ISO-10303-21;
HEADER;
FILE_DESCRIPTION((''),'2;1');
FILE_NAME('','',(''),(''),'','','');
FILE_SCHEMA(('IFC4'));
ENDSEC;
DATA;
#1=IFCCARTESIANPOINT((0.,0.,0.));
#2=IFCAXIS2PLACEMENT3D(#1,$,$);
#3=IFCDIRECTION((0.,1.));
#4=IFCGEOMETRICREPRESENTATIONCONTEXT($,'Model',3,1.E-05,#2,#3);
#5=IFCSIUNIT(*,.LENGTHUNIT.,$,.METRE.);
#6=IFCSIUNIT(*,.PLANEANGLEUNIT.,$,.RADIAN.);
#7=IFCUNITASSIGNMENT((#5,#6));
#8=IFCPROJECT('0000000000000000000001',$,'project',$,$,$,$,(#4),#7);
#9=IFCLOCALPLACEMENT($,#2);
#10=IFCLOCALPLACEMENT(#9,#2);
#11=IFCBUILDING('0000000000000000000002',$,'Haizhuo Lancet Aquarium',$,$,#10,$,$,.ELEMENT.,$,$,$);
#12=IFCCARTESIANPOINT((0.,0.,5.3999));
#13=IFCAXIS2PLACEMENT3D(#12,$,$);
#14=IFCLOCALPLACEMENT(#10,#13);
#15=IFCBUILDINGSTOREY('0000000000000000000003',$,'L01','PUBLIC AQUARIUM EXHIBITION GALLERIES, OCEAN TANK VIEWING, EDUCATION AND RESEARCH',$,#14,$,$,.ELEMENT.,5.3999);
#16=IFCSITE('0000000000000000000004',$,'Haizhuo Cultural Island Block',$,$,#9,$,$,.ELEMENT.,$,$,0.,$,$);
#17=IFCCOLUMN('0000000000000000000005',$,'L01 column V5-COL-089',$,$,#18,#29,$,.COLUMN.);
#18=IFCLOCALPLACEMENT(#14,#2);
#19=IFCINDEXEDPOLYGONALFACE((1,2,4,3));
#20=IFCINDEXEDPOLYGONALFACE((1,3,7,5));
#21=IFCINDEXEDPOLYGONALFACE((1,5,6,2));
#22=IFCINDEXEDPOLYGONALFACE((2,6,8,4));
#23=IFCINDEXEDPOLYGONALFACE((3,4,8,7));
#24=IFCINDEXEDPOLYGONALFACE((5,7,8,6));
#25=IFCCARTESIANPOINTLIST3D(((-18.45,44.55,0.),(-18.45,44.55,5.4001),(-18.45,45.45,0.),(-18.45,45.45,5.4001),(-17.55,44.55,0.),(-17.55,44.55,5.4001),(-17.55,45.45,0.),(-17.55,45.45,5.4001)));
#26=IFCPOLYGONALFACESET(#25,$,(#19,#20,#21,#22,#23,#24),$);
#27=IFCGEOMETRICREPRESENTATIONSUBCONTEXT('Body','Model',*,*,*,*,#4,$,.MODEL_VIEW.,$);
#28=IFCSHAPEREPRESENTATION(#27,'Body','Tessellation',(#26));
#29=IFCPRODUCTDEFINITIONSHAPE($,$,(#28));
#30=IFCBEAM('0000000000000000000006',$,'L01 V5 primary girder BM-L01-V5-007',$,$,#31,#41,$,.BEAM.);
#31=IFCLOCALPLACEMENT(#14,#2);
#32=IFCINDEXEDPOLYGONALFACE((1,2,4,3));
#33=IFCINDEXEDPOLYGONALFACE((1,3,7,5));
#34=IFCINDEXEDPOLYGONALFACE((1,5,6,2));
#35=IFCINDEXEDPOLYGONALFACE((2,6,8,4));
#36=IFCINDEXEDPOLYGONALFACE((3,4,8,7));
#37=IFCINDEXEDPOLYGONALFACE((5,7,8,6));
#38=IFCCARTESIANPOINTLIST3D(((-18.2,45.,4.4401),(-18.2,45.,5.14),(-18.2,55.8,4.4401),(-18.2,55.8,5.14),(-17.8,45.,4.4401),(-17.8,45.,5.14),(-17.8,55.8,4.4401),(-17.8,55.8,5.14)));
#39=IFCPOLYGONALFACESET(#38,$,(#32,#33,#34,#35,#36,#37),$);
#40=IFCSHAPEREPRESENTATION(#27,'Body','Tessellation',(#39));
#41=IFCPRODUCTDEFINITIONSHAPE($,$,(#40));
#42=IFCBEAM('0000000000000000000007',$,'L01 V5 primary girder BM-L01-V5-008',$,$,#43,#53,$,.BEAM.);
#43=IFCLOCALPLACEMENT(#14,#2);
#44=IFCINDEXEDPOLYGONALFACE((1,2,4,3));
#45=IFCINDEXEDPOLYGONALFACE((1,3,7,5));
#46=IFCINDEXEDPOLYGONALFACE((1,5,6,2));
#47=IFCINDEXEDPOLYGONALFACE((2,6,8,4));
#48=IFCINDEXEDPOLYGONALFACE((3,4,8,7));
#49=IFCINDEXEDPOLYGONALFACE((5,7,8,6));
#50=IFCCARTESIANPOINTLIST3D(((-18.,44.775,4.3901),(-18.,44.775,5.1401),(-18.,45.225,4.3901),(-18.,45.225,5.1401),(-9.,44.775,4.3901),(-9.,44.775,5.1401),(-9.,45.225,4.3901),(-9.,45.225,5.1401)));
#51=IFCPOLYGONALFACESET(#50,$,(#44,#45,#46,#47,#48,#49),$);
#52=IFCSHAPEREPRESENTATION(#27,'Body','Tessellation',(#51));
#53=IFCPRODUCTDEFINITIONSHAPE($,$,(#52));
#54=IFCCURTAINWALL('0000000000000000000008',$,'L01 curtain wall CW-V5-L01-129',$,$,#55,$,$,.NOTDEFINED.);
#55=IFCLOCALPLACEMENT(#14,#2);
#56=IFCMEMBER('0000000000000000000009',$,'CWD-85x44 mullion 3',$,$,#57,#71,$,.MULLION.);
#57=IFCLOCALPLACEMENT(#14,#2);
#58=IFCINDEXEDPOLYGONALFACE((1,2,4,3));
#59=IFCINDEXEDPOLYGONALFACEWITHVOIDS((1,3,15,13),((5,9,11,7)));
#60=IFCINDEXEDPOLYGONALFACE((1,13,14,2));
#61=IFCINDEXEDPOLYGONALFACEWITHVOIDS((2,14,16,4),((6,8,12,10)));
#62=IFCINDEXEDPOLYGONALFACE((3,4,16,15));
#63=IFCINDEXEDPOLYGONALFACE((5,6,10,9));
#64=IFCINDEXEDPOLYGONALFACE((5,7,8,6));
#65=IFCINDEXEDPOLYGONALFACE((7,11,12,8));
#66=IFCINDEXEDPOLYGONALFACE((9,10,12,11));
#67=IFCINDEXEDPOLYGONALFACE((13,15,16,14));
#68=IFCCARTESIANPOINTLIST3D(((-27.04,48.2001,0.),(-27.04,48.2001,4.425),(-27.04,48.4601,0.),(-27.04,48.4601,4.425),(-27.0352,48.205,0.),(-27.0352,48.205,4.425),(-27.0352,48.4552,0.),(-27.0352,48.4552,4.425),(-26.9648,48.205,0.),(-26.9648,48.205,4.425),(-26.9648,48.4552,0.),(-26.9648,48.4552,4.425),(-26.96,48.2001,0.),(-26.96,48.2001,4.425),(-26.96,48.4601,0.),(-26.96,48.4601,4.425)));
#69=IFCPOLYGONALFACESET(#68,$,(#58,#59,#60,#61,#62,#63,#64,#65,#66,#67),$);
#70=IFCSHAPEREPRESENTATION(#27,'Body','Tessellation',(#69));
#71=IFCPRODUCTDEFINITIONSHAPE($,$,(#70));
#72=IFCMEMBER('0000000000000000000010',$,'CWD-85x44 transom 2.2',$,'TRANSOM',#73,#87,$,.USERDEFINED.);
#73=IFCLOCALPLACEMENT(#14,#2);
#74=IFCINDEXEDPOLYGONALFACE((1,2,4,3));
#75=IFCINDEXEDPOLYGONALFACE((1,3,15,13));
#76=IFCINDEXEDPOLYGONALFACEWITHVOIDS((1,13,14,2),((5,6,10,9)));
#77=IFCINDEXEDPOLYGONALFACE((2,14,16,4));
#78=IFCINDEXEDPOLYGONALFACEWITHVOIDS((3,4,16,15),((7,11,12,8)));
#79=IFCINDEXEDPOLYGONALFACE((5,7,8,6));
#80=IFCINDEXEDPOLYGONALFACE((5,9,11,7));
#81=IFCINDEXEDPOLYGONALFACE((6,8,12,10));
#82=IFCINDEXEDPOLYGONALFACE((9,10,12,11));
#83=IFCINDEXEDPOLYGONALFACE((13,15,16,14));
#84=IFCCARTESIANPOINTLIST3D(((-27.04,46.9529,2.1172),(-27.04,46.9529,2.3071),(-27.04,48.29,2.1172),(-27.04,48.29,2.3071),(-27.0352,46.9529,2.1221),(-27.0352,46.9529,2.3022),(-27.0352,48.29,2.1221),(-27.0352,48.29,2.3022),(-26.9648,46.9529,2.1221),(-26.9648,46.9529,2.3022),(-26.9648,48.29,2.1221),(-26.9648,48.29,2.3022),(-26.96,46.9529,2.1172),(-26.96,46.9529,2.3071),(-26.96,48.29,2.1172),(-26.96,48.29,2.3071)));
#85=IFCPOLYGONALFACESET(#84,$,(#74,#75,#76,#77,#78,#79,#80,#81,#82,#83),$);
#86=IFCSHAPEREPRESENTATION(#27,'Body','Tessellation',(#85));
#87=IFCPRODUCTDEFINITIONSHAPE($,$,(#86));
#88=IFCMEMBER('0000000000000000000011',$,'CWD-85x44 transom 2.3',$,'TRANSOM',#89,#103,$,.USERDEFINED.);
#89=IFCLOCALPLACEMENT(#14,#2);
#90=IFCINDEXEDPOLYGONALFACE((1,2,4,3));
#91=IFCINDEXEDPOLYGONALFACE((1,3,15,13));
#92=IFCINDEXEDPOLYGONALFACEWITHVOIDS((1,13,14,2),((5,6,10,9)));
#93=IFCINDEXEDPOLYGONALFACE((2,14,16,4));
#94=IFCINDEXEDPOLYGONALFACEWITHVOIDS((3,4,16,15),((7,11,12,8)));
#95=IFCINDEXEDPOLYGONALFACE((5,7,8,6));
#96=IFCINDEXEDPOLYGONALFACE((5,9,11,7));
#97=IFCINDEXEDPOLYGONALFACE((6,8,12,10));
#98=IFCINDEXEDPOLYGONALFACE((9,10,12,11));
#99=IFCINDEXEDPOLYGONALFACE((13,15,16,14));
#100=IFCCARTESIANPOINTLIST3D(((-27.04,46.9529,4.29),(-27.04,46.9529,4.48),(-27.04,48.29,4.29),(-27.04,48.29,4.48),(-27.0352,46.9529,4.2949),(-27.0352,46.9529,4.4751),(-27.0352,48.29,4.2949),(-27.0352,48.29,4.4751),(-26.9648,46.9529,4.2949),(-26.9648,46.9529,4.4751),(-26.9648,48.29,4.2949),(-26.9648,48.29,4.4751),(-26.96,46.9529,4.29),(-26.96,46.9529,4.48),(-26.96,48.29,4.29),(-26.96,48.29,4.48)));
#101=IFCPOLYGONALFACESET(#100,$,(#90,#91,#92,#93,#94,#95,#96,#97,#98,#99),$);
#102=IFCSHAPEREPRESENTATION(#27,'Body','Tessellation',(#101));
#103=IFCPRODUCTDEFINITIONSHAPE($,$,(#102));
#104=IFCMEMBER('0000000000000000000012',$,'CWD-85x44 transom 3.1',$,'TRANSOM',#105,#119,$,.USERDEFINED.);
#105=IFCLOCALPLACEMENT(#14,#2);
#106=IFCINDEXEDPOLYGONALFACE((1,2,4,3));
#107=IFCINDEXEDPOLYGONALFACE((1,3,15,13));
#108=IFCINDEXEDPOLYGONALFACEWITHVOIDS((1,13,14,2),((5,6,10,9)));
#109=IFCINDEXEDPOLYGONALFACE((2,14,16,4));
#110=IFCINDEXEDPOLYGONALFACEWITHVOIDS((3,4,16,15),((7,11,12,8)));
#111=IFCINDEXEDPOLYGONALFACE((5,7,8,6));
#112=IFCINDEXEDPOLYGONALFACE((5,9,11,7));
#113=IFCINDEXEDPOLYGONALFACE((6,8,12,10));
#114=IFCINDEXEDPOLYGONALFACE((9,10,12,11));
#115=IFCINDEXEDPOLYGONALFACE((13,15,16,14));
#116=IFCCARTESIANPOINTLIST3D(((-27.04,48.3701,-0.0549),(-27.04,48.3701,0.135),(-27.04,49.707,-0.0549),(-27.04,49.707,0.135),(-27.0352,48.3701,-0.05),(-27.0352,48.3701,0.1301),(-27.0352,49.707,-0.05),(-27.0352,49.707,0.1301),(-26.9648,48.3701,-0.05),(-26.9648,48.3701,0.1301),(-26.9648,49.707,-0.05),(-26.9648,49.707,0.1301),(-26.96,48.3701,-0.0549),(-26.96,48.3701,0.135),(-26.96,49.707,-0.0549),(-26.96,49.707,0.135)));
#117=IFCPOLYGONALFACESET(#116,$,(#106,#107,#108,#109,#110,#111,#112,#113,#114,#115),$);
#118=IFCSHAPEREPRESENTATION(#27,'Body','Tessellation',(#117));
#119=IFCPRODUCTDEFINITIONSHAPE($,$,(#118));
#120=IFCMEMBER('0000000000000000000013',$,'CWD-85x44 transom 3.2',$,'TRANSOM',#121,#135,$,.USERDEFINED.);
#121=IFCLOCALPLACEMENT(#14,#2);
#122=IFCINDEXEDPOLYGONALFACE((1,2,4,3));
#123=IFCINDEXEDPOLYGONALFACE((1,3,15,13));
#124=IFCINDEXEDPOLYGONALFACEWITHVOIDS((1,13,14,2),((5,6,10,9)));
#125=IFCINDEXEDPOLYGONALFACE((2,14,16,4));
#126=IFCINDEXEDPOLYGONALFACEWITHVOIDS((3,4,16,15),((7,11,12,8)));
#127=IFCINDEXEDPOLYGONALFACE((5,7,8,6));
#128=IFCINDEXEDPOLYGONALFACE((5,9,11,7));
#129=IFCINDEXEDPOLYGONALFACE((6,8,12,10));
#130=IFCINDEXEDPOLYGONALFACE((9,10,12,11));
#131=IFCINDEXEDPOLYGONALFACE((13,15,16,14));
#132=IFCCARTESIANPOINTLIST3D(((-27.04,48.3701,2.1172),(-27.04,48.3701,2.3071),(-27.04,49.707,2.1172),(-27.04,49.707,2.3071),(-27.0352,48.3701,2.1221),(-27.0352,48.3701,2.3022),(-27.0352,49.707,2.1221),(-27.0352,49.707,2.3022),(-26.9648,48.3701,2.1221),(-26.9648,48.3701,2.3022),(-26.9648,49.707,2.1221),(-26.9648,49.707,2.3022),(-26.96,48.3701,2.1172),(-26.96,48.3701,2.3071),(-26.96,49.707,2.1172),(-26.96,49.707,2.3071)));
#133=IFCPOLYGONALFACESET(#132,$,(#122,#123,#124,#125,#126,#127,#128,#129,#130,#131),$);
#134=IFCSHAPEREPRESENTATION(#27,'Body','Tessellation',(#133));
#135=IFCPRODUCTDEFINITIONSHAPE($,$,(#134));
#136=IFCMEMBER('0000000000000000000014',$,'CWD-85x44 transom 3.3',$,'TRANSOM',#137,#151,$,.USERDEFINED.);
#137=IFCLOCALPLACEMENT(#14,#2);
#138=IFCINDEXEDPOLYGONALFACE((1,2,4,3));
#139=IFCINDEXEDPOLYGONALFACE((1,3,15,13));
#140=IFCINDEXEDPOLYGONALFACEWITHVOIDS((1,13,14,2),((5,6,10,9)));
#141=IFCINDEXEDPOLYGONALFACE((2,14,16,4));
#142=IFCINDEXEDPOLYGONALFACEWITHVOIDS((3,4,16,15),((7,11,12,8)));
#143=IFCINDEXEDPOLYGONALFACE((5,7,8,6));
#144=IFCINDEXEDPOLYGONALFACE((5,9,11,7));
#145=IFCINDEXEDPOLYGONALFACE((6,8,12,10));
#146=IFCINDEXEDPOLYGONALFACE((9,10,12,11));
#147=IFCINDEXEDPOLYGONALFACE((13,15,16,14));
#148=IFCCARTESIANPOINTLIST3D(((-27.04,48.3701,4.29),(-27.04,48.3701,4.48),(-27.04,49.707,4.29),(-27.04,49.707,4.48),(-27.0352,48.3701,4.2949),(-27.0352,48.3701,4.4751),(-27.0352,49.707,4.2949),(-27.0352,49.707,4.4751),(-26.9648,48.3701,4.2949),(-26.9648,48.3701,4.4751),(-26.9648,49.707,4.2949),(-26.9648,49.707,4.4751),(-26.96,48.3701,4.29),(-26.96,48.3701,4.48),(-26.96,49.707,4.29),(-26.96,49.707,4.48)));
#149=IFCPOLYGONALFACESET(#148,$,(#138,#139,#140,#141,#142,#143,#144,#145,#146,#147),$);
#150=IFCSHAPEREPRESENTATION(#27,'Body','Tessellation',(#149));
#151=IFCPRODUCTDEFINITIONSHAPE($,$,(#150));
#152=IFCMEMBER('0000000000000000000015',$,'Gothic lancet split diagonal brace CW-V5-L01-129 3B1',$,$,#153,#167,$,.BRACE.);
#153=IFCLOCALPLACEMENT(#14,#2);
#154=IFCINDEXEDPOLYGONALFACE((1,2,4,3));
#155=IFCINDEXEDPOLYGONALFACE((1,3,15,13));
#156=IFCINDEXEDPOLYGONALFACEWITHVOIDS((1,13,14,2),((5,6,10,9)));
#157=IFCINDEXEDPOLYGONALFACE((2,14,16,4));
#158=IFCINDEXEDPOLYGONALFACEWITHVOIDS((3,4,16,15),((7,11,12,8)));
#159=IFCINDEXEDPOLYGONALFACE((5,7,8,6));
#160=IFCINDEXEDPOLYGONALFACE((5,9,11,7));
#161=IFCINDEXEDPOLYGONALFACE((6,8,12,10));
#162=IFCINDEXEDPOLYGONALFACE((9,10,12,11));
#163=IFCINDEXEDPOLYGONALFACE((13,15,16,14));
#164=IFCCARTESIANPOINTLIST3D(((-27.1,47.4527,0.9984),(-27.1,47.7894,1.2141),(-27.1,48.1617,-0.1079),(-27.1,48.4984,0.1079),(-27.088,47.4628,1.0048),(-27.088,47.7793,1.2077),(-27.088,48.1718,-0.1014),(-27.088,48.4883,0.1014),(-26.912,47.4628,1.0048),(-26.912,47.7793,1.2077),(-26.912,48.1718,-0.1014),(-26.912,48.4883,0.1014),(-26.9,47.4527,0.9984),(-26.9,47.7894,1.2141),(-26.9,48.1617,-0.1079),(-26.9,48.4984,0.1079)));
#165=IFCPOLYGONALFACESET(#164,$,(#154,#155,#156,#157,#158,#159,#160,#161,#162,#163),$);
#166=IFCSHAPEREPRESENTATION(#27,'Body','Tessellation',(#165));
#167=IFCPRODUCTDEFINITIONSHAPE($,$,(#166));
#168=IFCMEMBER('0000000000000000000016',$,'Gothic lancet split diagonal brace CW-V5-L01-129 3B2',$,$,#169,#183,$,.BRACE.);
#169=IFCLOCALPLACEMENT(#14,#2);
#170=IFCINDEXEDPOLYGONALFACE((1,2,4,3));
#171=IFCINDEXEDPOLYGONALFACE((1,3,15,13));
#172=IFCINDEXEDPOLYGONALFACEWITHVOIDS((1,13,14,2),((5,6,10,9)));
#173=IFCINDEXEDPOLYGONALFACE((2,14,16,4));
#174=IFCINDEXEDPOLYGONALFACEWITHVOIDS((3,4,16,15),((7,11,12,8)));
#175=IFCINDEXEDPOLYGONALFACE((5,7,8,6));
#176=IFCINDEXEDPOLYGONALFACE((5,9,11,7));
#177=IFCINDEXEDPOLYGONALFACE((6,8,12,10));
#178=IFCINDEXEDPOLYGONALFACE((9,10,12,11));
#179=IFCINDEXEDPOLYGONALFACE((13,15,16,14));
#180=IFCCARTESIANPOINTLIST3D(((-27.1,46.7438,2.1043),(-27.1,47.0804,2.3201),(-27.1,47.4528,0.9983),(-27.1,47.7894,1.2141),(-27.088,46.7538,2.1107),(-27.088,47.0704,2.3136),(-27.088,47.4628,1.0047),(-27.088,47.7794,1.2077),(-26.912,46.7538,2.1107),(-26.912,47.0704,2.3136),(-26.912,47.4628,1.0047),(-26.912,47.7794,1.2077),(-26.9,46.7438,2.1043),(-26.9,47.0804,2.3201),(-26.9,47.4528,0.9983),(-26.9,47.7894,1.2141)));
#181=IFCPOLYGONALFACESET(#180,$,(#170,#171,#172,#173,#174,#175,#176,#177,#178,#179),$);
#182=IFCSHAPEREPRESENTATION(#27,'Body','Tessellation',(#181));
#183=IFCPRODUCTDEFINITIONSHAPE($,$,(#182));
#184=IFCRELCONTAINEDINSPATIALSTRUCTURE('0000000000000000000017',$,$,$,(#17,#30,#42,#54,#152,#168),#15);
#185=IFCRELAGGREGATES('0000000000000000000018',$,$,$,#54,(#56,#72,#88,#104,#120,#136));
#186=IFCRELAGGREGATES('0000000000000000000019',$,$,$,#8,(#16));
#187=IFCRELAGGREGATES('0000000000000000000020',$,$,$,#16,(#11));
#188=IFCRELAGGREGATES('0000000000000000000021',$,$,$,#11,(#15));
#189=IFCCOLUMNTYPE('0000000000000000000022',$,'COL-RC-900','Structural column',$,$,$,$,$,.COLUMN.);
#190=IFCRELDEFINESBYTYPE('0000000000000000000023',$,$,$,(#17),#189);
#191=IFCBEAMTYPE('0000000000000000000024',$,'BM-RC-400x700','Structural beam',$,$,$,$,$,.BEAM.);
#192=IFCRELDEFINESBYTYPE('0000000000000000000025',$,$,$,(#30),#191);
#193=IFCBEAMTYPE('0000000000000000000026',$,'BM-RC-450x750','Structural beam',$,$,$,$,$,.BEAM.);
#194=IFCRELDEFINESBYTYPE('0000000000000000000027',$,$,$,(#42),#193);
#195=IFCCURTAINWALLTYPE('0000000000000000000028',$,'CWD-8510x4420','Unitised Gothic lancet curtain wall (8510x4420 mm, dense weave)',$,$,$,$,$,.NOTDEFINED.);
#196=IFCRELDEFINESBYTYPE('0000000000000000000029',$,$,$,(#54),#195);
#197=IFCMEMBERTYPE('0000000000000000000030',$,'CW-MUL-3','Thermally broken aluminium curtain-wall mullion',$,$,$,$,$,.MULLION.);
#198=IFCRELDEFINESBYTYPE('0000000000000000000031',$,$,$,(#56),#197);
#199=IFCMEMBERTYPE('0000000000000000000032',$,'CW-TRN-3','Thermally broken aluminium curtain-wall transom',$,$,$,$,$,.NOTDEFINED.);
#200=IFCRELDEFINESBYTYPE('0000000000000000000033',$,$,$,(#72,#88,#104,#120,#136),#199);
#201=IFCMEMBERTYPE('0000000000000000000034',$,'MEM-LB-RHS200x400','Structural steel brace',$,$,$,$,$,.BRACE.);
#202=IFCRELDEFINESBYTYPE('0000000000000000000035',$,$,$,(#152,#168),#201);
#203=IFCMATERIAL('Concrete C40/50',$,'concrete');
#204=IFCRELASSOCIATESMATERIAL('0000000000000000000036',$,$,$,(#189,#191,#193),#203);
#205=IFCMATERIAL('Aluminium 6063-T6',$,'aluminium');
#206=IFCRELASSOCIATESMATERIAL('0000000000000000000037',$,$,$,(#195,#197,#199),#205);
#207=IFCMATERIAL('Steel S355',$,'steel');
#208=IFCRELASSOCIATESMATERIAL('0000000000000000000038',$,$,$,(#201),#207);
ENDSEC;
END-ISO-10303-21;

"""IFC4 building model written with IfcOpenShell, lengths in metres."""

from ifc_helpers import new_model, si_unit, direction, frame, origin, origin_2d, place, context, subcontext, project, spatial, rectangle, hollow_rectangle, extrude, material, material_profile, profile_set, type_object, element, aggregate, save


model = new_model("IFC4")

# Units and contexts
model_context = context("Model", 3, precision=1e-05, world=origin(), true_north=direction((0.0, 1.0)))
body_context = subcontext(model_context, "Body", "Model", "MODEL_VIEW")
ifc_project = project(units=[si_unit("LENGTHUNIT", "METRE"), si_unit("PLANEANGLEUNIT", "RADIAN")], contexts=[model_context])

# Site, building, storey
site_placement = place(None, origin())
site = spatial("IfcSite", under=ifc_project, at=site_placement, Name="Haizhuo Cultural Island Block", CompositionType="ELEMENT", RefElevation=0.0)
building_placement = place(site_placement, origin())
building = spatial("IfcBuilding", under=site, at=building_placement, Name="Haizhuo Lancet Aquarium", CompositionType="ELEMENT")
storey_placement = place(building_placement, frame((0.0, 0.0, 5.3999)))
storey = spatial("IfcBuildingStorey", under=building, at=storey_placement, Name="L01", Description="PUBLIC AQUARIUM EXHIBITION GALLERIES, OCEAN TANK VIEWING, EDUCATION AND RESEARCH", CompositionType="ELEMENT", Elevation=5.3999)

# Column
ifc_material_1 = material(Name="Concrete C40/50", Category="concrete")
ifc_material_profile_1 = material_profile(ifc_material_1, rectangle(XDim=0.8999, YDim=0.8999, at=origin_2d()), Name="RC-COL 900x900")
ifc_profile_set_1 = profile_set([ifc_material_profile_1], Name="Concrete C40/50")
column_type = type_object("IfcColumnType", Name="COL-RC-900", Description="Structural column", PredefinedType="COLUMN", material=ifc_profile_set_1)
column_placement = place(storey_placement, frame((-18.0, 45.0, 0.0), z_axis=(0.0, 0.0, 1.0), x_axis=(1.0, 0.0, 0.0)))
element("IfcColumn", 1, at=column_placement, inside=storey, type_object=column_type, Name="L01 column V5-COL-089", PredefinedType="COLUMN", context=body_context, shape_type="SweptSolid", body=[
    extrude(rectangle(XDim=0.8999, YDim=0.8999, at=origin_2d()), origin(), (0.0, 0.0, 1.0), 5.4001),
])

# Beams
ifc_material_profile_2 = material_profile(ifc_material_1, rectangle(XDim=0.3999, YDim=0.7, at=origin_2d()), Name="RC-BM 400x700")
ifc_profile_set_2 = profile_set([ifc_material_profile_2], Name="Concrete C40/50")
beam_type_1 = type_object("IfcBeamType", Name="BM-RC-400x700", Description="Structural beam", PredefinedType="BEAM", material=ifc_profile_set_2)
beam_1_placement = place(storey_placement, frame((-18.0, 45.0, 4.79), z_axis=(0.0, 1.0, 0.0), x_axis=(-1.0, 0.0, 0.0)))
element("IfcBeam", 2, at=beam_1_placement, inside=storey, type_object=beam_type_1, Name="L01 V5 primary girder BM-L01-V5-007", PredefinedType="BEAM", context=body_context, shape_type="SweptSolid", body=[
    extrude(rectangle(XDim=0.3999, YDim=0.7, at=origin_2d()), origin(), (0.0, 0.0, 1.0), 10.8),
])
ifc_material_profile_3 = material_profile(ifc_material_1, rectangle(XDim=0.45, YDim=0.75, at=origin_2d()), Name="RC-BM 450x750")
ifc_profile_set_3 = profile_set([ifc_material_profile_3], Name="Concrete C40/50")
beam_type_2 = type_object("IfcBeamType", Name="BM-RC-450x750", Description="Structural beam", PredefinedType="BEAM", material=ifc_profile_set_3)
beam_2_placement = place(storey_placement, frame((-18.0, 45.0, 4.7651), z_axis=(1.0, 0.0, 0.0), x_axis=(0.0, 1.0, 0.0)))
element("IfcBeam", 3, at=beam_2_placement, inside=storey, type_object=beam_type_2, Name="L01 V5 primary girder BM-L01-V5-008", PredefinedType="BEAM", context=body_context, shape_type="SweptSolid", body=[
    extrude(rectangle(XDim=0.45, YDim=0.75, at=origin_2d()), origin(), (0.0, 0.0, 1.0), 9.0),
])

# Curtain wall, members
ifc_material_2 = material(Name="Aluminium 6063-T6", Category="aluminium")
curtain_wall_type = type_object("IfcCurtainWallType", Name="CWD-8510x4420", Description="Unitised Gothic lancet curtain wall (8510x4420 mm, dense weave)", PredefinedType="NOTDEFINED", material=ifc_material_2)
curtain_wall_placement = place(storey_placement, origin())
curtain_wall = element("IfcCurtainWall", 4, at=curtain_wall_placement, inside=storey, type_object=curtain_wall_type, Name="L01 curtain wall CW-V5-L01-129", PredefinedType="NOTDEFINED")
ifc_material_profile_4 = material_profile(ifc_material_2, hollow_rectangle(XDim=0.0801, YDim=0.26, WallThickness=0.0049, at=origin_2d()), Name="ALU-M 80x260x5")
ifc_profile_set_4 = profile_set([ifc_material_profile_4], Name="Aluminium 6063-T6")
member_type_1 = type_object("IfcMemberType", Name="CW-MUL-3", Description="Thermally broken aluminium curtain-wall mullion", PredefinedType="MULLION", material=ifc_profile_set_4)
member_1_placement = place(storey_placement, frame((-27.0, 48.3301, 0.0), z_axis=(0.0, 0.0, 1.0), x_axis=(-1.0, 0.0, 0.0)))
member_1 = element("IfcMember", 5, at=member_1_placement, type_object=member_type_1, Name="CWD-85x44 mullion 3", PredefinedType="MULLION", context=body_context, shape_type="SweptSolid", body=[
    extrude(hollow_rectangle(XDim=0.0801, YDim=0.26, WallThickness=0.0049, at=origin_2d()), origin(), (0.0, 0.0, 1.0), 4.425),
])
ifc_material_profile_5 = material_profile(ifc_material_2, hollow_rectangle(XDim=0.0801, YDim=0.1899, WallThickness=0.0049, at=origin_2d()), Name="ALU-T 80x190x5")
ifc_profile_set_5 = profile_set([ifc_material_profile_5], Name="Aluminium 6063-T6")
member_type_2 = type_object("IfcMemberType", Name="CW-TRN-3", Description="Thermally broken aluminium curtain-wall transom", PredefinedType="NOTDEFINED", material=ifc_profile_set_5)
member_2_placement = place(storey_placement, frame((-27.0, 46.9529, 2.2122), z_axis=(0.0, 1.0, 0.0), x_axis=(-1.0, 0.0, 0.0)))
member_2 = element("IfcMember", 6, at=member_2_placement, type_object=member_type_2, Name="CWD-85x44 transom 2.2", ObjectType="TRANSOM", PredefinedType="USERDEFINED", context=body_context, shape_type="SweptSolid", body=[
    extrude(hollow_rectangle(XDim=0.0801, YDim=0.1899, WallThickness=0.0049, at=origin_2d()), origin(), (0.0, 0.0, 1.0), 1.3372),
])
member_3_placement = place(storey_placement, frame((-27.0, 46.9529, 4.385), z_axis=(0.0, 1.0, 0.0), x_axis=(-1.0, 0.0, 0.0)))
member_3 = element("IfcMember", 7, at=member_3_placement, type_object=member_type_2, Name="CWD-85x44 transom 2.3", ObjectType="TRANSOM", PredefinedType="USERDEFINED", context=body_context, shape_type="SweptSolid", body=[
    extrude(hollow_rectangle(XDim=0.0801, YDim=0.1899, WallThickness=0.0049, at=origin_2d()), origin(), (0.0, 0.0, 1.0), 1.3372),
])
member_4_placement = place(storey_placement, frame((-27.0, 48.3701, 0.04), z_axis=(0.0, 1.0, 0.0), x_axis=(-1.0, 0.0, 0.0)))
member_4 = element("IfcMember", 8, at=member_4_placement, type_object=member_type_2, Name="CWD-85x44 transom 3.1", ObjectType="TRANSOM", PredefinedType="USERDEFINED", context=body_context, shape_type="SweptSolid", body=[
    extrude(hollow_rectangle(XDim=0.0801, YDim=0.1899, WallThickness=0.0049, at=origin_2d()), origin(), (0.0, 0.0, 1.0), 1.3369),
])
member_5_placement = place(storey_placement, frame((-27.0, 48.3701, 2.2122), z_axis=(0.0, 1.0, 0.0), x_axis=(-1.0, 0.0, 0.0)))
member_5 = element("IfcMember", 9, at=member_5_placement, type_object=member_type_2, Name="CWD-85x44 transom 3.2", ObjectType="TRANSOM", PredefinedType="USERDEFINED", context=body_context, shape_type="SweptSolid", body=[
    extrude(hollow_rectangle(XDim=0.0801, YDim=0.1899, WallThickness=0.0049, at=origin_2d()), origin(), (0.0, 0.0, 1.0), 1.3369),
])
member_6_placement = place(storey_placement, frame((-27.0, 48.3701, 4.385), z_axis=(0.0, 1.0, 0.0), x_axis=(-1.0, 0.0, 0.0)))
member_6 = element("IfcMember", 10, at=member_6_placement, type_object=member_type_2, Name="CWD-85x44 transom 3.3", ObjectType="TRANSOM", PredefinedType="USERDEFINED", context=body_context, shape_type="SweptSolid", body=[
    extrude(hollow_rectangle(XDim=0.0801, YDim=0.1899, WallThickness=0.0049, at=origin_2d()), origin(), (0.0, 0.0, 1.0), 1.3369),
])

# Members
ifc_material_3 = material(Name="Steel S355", Category="steel")
ifc_material_profile_6 = material_profile(ifc_material_3, hollow_rectangle(XDim=0.2, YDim=0.3999, WallThickness=0.012, at=origin_2d()), Name="RHS 200x400x12")
ifc_profile_set_6 = profile_set([ifc_material_profile_6], Name="Steel S355")
member_type_3 = type_object("IfcMemberType", Name="MEM-LB-RHS200x400", Description="Structural steel brace", PredefinedType="BRACE", material=ifc_profile_set_6)
member_7_placement = place(storey_placement, frame((-27.0, 48.3301, 0.0), z_axis=(0.0, -0.539602, 0.84192), x_axis=(1.0, 0.0, 0.0)))
element("IfcMember", 11, at=member_7_placement, inside=storey, type_object=member_type_3, Name="Gothic lancet split diagonal brace CW-V5-L01-129 3B1", PredefinedType="BRACE", context=body_context, shape_type="SweptSolid", body=[
    extrude(hollow_rectangle(XDim=0.2, YDim=0.3999, WallThickness=0.012, at=origin_2d()), origin(), (0.0, 0.0, 1.0), 1.314),
])
for number, where, z_axis, x_axis, name in (
    (12, (-27.0, 47.6211, 1.1062), (0.0, -0.539686, 0.841866), (1.0, 0.0, 0.0), "Gothic lancet split diagonal brace CW-V5-L01-129 3B2"),
):
    element("IfcMember", number, at=place(storey_placement, frame(where, z_axis=z_axis, x_axis=x_axis)), inside=storey, type_object=member_type_3, Name=name, PredefinedType="BRACE", context=body_context, shape_type="SweptSolid", body=[
        extrude(hollow_rectangle(XDim=0.2, YDim=0.3999, WallThickness=0.012, at=origin_2d()), origin(), (0.0, 0.0, 1.0), 1.3137),
    ])

aggregate(curtain_wall, [member_1, member_2, member_3, member_4, member_5, member_6])

save(model, "model.ifc")
